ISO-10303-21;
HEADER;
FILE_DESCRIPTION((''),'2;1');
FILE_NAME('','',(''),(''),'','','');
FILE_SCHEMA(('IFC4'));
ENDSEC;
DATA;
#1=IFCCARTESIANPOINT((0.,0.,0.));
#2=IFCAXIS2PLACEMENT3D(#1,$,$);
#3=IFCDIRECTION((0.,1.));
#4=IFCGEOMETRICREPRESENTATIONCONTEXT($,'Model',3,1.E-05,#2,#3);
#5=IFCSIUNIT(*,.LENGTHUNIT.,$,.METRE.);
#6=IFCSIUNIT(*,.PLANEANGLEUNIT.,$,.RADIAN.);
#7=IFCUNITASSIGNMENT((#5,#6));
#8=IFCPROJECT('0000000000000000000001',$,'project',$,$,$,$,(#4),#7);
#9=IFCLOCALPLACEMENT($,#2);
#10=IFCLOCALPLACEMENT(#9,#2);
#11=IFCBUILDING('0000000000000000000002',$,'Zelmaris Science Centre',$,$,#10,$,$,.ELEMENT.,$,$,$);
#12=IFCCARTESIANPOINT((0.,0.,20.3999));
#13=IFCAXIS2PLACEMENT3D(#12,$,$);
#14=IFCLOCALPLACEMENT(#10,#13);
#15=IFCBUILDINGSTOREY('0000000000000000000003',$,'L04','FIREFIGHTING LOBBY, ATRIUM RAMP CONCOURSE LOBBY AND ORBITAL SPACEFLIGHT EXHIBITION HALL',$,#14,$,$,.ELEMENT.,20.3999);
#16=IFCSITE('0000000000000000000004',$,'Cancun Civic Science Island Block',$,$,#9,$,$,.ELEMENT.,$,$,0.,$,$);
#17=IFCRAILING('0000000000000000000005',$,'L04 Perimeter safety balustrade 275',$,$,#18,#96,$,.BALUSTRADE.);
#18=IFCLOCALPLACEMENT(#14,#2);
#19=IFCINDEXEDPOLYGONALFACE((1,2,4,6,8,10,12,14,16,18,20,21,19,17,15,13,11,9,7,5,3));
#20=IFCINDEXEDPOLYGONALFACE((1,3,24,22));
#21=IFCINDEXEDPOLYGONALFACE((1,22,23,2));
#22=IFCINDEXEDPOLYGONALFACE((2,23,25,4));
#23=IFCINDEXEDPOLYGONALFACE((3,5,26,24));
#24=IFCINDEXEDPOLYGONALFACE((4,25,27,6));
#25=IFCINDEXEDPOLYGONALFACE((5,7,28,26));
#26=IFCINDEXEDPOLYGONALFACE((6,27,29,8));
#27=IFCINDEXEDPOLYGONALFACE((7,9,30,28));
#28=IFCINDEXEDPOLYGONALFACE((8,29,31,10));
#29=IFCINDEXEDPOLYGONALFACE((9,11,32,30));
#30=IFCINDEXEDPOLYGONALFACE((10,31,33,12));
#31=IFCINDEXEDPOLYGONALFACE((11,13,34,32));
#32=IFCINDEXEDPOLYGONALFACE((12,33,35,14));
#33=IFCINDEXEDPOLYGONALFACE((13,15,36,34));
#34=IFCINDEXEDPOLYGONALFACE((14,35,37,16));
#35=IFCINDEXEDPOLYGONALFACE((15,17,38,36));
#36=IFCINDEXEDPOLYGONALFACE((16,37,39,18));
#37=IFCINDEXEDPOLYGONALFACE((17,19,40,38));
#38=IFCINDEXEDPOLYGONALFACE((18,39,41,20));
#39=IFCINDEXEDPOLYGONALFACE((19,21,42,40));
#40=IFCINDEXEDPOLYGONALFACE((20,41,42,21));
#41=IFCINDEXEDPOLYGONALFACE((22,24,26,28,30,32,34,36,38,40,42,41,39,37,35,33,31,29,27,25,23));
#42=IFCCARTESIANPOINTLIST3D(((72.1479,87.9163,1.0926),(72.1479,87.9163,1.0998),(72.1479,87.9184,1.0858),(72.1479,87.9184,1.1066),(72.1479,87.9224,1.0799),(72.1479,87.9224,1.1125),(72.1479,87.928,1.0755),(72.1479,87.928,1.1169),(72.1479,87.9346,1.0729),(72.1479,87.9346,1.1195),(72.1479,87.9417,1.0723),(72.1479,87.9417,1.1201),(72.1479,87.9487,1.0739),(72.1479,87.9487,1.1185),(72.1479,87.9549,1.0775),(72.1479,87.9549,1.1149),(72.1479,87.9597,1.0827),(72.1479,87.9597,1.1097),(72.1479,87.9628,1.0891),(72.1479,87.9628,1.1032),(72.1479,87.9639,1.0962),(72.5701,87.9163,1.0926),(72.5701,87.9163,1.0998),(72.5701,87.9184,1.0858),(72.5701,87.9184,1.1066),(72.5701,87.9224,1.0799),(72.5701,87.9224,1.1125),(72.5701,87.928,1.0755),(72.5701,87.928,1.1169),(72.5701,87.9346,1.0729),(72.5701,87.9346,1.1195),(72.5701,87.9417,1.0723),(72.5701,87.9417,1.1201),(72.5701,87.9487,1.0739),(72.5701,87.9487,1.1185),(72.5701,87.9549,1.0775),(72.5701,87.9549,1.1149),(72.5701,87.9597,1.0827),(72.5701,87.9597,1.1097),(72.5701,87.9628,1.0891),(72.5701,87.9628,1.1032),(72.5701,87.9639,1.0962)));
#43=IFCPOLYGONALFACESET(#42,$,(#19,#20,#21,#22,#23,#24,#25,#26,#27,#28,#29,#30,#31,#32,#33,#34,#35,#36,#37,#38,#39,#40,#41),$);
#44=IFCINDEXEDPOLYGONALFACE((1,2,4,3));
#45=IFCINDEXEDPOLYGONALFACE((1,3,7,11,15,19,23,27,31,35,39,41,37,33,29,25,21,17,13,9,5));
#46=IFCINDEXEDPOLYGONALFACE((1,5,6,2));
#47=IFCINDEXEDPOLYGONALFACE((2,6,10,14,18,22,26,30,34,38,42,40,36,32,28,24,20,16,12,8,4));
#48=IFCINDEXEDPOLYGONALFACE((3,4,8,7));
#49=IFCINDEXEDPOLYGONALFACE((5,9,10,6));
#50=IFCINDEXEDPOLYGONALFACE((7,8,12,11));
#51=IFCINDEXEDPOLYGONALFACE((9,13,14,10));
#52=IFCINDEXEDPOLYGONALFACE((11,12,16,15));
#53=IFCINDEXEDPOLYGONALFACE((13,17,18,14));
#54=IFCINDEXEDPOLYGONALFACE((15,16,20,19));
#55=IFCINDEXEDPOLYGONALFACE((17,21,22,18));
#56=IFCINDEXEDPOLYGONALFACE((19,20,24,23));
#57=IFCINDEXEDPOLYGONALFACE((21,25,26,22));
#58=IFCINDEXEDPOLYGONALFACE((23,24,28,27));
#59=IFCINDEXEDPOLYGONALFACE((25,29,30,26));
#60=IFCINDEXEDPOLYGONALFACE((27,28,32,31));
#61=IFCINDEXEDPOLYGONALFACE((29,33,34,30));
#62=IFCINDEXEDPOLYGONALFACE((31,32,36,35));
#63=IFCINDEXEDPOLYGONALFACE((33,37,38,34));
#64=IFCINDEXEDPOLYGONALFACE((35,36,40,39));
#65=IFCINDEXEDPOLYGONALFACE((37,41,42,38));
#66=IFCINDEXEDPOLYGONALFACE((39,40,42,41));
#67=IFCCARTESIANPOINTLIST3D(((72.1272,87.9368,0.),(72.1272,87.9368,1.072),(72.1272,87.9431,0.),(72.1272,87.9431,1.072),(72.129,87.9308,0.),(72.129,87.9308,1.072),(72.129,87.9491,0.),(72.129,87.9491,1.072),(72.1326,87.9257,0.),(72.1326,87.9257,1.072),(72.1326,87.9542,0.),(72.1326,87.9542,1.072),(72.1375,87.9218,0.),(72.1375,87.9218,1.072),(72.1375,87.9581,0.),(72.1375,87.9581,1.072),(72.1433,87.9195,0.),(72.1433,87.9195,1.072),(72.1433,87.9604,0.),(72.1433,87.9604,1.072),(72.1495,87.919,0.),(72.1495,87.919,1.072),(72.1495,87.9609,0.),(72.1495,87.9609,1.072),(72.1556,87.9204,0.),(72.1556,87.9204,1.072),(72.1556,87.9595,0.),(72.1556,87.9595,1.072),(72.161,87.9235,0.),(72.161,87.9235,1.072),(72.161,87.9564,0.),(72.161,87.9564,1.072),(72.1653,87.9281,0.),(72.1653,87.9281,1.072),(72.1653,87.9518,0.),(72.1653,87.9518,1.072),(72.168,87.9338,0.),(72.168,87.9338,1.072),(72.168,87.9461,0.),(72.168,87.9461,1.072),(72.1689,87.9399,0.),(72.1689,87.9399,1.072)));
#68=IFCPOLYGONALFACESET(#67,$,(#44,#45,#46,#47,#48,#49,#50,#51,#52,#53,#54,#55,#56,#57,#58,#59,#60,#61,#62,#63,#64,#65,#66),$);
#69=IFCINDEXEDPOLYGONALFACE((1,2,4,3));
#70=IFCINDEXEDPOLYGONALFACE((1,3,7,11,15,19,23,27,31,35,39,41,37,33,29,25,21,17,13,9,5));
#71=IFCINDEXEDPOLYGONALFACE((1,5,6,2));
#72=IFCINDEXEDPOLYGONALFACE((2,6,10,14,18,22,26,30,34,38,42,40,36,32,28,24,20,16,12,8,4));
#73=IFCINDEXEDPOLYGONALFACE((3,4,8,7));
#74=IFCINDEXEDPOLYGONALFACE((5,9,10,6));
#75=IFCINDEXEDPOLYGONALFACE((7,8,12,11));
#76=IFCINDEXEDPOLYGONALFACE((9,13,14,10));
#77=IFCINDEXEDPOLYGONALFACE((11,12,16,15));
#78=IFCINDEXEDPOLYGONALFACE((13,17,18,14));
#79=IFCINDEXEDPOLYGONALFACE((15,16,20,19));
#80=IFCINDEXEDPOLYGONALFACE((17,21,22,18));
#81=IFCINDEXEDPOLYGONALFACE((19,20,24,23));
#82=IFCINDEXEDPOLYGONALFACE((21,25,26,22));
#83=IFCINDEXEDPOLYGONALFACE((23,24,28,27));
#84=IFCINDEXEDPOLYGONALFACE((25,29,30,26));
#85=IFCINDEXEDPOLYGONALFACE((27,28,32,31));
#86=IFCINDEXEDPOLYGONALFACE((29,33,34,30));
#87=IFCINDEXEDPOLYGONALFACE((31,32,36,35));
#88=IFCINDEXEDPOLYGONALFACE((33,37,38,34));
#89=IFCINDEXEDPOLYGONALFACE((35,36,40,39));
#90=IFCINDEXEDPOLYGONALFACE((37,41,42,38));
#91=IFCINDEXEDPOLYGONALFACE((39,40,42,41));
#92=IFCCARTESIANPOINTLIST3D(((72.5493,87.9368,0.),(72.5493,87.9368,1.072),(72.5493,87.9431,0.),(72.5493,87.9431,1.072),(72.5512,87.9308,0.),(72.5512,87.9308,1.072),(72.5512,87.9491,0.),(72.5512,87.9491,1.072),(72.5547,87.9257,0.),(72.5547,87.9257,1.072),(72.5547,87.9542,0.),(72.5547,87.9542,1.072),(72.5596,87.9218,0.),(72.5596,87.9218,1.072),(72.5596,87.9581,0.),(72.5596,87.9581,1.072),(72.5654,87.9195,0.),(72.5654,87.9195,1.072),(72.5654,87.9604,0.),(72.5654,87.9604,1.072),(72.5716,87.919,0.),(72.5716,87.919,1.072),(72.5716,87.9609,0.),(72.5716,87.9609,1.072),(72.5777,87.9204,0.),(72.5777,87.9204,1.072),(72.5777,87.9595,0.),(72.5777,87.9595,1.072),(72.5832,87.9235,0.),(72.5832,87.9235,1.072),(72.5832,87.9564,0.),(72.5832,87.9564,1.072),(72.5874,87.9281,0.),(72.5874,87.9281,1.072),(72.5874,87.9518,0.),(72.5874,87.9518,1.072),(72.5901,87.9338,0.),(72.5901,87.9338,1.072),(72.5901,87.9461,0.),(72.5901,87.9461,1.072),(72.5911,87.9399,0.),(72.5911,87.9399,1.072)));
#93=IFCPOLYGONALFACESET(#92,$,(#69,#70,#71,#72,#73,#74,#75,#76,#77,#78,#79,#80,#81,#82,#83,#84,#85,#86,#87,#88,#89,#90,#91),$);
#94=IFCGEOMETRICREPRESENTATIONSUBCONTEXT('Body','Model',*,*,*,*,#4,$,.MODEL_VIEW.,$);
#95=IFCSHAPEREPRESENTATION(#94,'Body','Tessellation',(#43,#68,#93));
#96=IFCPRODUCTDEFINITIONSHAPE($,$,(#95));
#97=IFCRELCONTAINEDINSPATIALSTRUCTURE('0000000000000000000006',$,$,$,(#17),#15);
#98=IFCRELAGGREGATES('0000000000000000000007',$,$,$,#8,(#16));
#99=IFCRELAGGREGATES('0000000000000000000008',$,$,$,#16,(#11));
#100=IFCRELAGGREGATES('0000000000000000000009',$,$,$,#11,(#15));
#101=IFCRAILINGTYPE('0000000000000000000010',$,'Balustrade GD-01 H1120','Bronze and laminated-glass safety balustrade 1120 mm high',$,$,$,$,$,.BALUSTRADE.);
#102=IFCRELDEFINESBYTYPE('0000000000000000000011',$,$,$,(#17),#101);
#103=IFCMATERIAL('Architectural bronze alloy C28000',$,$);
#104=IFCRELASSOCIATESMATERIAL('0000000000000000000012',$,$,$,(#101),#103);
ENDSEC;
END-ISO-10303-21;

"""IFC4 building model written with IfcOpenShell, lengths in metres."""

from ifc_helpers import new_model, si_unit, direction, frame, origin, origin_2d, place, context, subcontext, project, spatial, circle, extrude, material, type_object, element, save


model = new_model("IFC4")

# Units and contexts
model_context = context("Model", 3, precision=1e-05, world=origin(), true_north=direction((0.0, 1.0)))
body_context = subcontext(model_context, "Body", "Model", "MODEL_VIEW")
ifc_project = project(units=[si_unit("LENGTHUNIT", "METRE"), si_unit("PLANEANGLEUNIT", "RADIAN")], contexts=[model_context])

# Site, building, storey
site_placement = place(None, origin())
site = spatial("IfcSite", under=ifc_project, at=site_placement, Name="Cancun Civic Science Island Block", CompositionType="ELEMENT", RefElevation=0.0)
building_placement = place(site_placement, origin())
building = spatial("IfcBuilding", under=site, at=building_placement, Name="Zelmaris Science Centre", CompositionType="ELEMENT")
storey_placement = place(building_placement, frame((0.0, 0.0, 20.3999)))
storey = spatial("IfcBuildingStorey", under=building, at=storey_placement, Name="L04", Description="FIREFIGHTING LOBBY, ATRIUM RAMP CONCOURSE LOBBY AND ORBITAL SPACEFLIGHT EXHIBITION HALL", CompositionType="ELEMENT", Elevation=20.3999)

# Railing
ifc_material_1 = material(Name="Architectural bronze alloy C28000")
railing_type = type_object("IfcRailingType", Name="Balustrade GD-01 H1120", Description="Bronze and laminated-glass safety balustrade 1120 mm high", PredefinedType="BALUSTRADE", material=ifc_material_1)
railing_1_placement = place(storey_placement, frame((72.1479, 87.9399, 0.0)))
element("IfcRailing", 1, at=railing_1_placement, inside=storey, type_object=railing_type, Name="L04 Perimeter safety balustrade 275", PredefinedType="BALUSTRADE", context=body_context, shape_type="SweptSolid", body=[
    extrude(circle(Radius=0.0239, at=origin_2d()), frame((0.0, 0.0, 1.0962), z_axis=(1.0, 0.0, 0.0), x_axis=(0.0, 1.0, 0.0)), (0.0, 0.0, 1.0), 0.4221),
    extrude(circle(Radius=0.021, at=origin_2d()), origin(), (0.0, 0.0, 1.0), 1.072),
    extrude(circle(Radius=0.021, at=origin_2d()), frame((0.4221, 0.0, 0.0)), (0.0, 0.0, 1.0), 1.072),
])

save(model, "model.ifc")
